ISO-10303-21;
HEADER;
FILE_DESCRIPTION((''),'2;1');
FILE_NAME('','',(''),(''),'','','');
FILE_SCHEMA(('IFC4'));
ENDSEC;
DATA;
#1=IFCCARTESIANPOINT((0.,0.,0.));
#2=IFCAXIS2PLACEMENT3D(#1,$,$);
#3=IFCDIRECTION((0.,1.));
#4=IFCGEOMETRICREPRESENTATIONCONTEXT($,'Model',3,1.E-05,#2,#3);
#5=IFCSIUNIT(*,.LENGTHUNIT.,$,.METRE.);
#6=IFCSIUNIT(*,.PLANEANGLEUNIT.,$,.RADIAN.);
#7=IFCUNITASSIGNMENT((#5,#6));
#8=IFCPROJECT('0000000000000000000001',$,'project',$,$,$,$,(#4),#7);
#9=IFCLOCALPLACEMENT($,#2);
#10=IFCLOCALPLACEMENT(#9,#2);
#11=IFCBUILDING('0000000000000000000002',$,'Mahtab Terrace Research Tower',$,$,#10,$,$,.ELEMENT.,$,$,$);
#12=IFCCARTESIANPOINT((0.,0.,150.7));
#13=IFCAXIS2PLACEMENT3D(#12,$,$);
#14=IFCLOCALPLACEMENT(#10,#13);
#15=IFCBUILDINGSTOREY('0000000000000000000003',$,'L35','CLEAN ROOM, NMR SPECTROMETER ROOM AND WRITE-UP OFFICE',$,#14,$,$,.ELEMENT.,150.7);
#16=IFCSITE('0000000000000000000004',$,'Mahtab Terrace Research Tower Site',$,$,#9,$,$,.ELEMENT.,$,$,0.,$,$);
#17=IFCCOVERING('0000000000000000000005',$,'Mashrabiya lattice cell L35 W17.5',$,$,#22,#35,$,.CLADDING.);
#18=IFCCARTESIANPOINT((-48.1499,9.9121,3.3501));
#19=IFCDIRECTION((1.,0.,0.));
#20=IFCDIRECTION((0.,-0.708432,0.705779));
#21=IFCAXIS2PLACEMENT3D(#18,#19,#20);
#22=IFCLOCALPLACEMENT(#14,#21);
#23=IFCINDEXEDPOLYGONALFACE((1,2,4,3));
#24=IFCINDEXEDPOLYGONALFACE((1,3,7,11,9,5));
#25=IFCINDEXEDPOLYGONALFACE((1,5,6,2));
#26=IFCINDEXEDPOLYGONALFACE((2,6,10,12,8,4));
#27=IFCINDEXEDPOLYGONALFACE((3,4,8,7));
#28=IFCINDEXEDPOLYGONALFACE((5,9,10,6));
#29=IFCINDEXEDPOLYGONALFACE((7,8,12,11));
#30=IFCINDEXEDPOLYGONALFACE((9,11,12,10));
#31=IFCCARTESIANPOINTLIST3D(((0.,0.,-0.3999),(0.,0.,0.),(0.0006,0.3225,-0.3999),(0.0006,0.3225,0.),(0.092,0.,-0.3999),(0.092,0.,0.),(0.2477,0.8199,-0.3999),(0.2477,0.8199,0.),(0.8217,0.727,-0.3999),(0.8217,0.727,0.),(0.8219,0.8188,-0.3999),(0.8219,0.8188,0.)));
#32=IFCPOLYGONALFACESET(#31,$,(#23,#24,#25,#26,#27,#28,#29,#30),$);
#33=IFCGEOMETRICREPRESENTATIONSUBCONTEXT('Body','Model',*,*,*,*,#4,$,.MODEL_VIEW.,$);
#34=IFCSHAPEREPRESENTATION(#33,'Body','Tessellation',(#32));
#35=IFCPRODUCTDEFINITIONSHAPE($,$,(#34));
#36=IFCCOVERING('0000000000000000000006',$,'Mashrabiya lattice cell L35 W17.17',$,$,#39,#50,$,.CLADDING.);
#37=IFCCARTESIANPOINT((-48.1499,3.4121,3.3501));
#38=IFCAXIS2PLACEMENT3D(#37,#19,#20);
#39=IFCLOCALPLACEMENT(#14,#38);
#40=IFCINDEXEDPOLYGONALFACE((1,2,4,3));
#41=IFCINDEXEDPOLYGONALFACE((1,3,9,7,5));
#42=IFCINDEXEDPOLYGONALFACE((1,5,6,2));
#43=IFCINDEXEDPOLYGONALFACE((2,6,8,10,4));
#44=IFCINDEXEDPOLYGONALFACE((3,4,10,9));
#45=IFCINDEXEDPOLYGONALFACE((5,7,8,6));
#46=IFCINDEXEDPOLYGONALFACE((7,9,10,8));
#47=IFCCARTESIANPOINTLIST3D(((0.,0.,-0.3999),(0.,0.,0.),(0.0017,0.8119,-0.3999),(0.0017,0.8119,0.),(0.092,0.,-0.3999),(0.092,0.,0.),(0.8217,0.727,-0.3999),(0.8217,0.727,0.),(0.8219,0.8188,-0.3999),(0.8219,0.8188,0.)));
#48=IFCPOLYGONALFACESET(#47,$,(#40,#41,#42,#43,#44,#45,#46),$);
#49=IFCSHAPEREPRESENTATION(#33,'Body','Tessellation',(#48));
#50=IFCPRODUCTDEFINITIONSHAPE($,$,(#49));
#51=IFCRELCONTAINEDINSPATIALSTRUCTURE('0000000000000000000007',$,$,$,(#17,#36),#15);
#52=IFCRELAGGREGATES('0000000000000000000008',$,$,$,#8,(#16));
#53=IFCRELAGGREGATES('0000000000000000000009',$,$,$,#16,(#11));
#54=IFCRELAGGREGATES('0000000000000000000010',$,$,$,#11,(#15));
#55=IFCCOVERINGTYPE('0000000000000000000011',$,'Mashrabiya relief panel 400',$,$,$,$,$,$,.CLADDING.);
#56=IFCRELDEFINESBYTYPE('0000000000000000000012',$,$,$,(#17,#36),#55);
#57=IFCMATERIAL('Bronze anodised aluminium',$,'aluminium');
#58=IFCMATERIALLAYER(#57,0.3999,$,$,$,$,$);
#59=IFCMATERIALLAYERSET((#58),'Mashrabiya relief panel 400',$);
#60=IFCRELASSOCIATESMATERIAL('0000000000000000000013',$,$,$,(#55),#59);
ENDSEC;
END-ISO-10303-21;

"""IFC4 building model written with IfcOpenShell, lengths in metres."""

from ifc_helpers import new_model, si_unit, direction, frame, origin, place, context, subcontext, project, spatial, polyline, outline, extrude, material, layer, layer_set, type_object, element, save


model = new_model("IFC4")

# Units and contexts
model_context = context("Model", 3, precision=1e-05, world=origin(), true_north=direction((0.0, 1.0)))
body_context = subcontext(model_context, "Body", "Model", "MODEL_VIEW")
ifc_project = project(units=[si_unit("LENGTHUNIT", "METRE"), si_unit("PLANEANGLEUNIT", "RADIAN")], contexts=[model_context])

# Site, building, storey
site_placement = place(None, origin())
site = spatial("IfcSite", under=ifc_project, at=site_placement, Name="Mahtab Terrace Research Tower Site", CompositionType="ELEMENT", RefElevation=0.0)
building_placement = place(site_placement, origin())
building = spatial("IfcBuilding", under=site, at=building_placement, Name="Mahtab Terrace Research Tower", CompositionType="ELEMENT")
storey_placement = place(building_placement, frame((0.0, 0.0, 150.7)))
storey = spatial("IfcBuildingStorey", under=building, at=storey_placement, Name="L35", Description="CLEAN ROOM, NMR SPECTROMETER ROOM AND WRITE-UP OFFICE", CompositionType="ELEMENT", Elevation=150.7)

# Coverings
ifc_material_1 = material(Name="Bronze anodised aluminium", Category="aluminium")
ifc_layer_1 = layer(ifc_material_1, 0.3999)
ifc_layer_set_1 = layer_set([ifc_layer_1], Name="Mashrabiya relief panel 400")
covering_type = type_object("IfcCoveringType", Name="Mashrabiya relief panel 400", PredefinedType="CLADDING", material=ifc_layer_set_1)
covering_1_placement = place(storey_placement, frame((-48.1499, 9.9121, 3.3501), z_axis=(1.0, 0.0, 0.0), x_axis=(0.0, -0.708432, 0.705779)))
element("IfcCovering", 1, at=covering_1_placement, inside=storey, type_object=covering_type, Name="Mashrabiya lattice cell L35 W17.5", PredefinedType="CLADDING", context=body_context, shape_type="SweptSolid", body=[
    extrude(outline(polyline([(0.0, 0.0), (0.092, 0.0), (0.8217, 0.727), (0.8219, 0.8188), (0.2477, 0.8199), (0.0006, 0.3225), (0.0, 0.0)])), origin(), (0.0, 0.0, -1.0), 0.3999),
])
covering_2_placement = place(storey_placement, frame((-48.1499, 3.4121, 3.3501), z_axis=(1.0, 0.0, 0.0), x_axis=(0.0, -0.708432, 0.705779)))
element("IfcCovering", 2, at=covering_2_placement, inside=storey, type_object=covering_type, Name="Mashrabiya lattice cell L35 W17.17", PredefinedType="CLADDING", context=body_context, shape_type="SweptSolid", body=[
    extrude(outline(polyline([(0.0, 0.0), (0.092, 0.0), (0.8217, 0.727), (0.8219, 0.8188), (0.0017, 0.8119), (0.0, 0.0)])), origin(), (0.0, 0.0, -1.0), 0.3999),
])

save(model, "model.ifc")
